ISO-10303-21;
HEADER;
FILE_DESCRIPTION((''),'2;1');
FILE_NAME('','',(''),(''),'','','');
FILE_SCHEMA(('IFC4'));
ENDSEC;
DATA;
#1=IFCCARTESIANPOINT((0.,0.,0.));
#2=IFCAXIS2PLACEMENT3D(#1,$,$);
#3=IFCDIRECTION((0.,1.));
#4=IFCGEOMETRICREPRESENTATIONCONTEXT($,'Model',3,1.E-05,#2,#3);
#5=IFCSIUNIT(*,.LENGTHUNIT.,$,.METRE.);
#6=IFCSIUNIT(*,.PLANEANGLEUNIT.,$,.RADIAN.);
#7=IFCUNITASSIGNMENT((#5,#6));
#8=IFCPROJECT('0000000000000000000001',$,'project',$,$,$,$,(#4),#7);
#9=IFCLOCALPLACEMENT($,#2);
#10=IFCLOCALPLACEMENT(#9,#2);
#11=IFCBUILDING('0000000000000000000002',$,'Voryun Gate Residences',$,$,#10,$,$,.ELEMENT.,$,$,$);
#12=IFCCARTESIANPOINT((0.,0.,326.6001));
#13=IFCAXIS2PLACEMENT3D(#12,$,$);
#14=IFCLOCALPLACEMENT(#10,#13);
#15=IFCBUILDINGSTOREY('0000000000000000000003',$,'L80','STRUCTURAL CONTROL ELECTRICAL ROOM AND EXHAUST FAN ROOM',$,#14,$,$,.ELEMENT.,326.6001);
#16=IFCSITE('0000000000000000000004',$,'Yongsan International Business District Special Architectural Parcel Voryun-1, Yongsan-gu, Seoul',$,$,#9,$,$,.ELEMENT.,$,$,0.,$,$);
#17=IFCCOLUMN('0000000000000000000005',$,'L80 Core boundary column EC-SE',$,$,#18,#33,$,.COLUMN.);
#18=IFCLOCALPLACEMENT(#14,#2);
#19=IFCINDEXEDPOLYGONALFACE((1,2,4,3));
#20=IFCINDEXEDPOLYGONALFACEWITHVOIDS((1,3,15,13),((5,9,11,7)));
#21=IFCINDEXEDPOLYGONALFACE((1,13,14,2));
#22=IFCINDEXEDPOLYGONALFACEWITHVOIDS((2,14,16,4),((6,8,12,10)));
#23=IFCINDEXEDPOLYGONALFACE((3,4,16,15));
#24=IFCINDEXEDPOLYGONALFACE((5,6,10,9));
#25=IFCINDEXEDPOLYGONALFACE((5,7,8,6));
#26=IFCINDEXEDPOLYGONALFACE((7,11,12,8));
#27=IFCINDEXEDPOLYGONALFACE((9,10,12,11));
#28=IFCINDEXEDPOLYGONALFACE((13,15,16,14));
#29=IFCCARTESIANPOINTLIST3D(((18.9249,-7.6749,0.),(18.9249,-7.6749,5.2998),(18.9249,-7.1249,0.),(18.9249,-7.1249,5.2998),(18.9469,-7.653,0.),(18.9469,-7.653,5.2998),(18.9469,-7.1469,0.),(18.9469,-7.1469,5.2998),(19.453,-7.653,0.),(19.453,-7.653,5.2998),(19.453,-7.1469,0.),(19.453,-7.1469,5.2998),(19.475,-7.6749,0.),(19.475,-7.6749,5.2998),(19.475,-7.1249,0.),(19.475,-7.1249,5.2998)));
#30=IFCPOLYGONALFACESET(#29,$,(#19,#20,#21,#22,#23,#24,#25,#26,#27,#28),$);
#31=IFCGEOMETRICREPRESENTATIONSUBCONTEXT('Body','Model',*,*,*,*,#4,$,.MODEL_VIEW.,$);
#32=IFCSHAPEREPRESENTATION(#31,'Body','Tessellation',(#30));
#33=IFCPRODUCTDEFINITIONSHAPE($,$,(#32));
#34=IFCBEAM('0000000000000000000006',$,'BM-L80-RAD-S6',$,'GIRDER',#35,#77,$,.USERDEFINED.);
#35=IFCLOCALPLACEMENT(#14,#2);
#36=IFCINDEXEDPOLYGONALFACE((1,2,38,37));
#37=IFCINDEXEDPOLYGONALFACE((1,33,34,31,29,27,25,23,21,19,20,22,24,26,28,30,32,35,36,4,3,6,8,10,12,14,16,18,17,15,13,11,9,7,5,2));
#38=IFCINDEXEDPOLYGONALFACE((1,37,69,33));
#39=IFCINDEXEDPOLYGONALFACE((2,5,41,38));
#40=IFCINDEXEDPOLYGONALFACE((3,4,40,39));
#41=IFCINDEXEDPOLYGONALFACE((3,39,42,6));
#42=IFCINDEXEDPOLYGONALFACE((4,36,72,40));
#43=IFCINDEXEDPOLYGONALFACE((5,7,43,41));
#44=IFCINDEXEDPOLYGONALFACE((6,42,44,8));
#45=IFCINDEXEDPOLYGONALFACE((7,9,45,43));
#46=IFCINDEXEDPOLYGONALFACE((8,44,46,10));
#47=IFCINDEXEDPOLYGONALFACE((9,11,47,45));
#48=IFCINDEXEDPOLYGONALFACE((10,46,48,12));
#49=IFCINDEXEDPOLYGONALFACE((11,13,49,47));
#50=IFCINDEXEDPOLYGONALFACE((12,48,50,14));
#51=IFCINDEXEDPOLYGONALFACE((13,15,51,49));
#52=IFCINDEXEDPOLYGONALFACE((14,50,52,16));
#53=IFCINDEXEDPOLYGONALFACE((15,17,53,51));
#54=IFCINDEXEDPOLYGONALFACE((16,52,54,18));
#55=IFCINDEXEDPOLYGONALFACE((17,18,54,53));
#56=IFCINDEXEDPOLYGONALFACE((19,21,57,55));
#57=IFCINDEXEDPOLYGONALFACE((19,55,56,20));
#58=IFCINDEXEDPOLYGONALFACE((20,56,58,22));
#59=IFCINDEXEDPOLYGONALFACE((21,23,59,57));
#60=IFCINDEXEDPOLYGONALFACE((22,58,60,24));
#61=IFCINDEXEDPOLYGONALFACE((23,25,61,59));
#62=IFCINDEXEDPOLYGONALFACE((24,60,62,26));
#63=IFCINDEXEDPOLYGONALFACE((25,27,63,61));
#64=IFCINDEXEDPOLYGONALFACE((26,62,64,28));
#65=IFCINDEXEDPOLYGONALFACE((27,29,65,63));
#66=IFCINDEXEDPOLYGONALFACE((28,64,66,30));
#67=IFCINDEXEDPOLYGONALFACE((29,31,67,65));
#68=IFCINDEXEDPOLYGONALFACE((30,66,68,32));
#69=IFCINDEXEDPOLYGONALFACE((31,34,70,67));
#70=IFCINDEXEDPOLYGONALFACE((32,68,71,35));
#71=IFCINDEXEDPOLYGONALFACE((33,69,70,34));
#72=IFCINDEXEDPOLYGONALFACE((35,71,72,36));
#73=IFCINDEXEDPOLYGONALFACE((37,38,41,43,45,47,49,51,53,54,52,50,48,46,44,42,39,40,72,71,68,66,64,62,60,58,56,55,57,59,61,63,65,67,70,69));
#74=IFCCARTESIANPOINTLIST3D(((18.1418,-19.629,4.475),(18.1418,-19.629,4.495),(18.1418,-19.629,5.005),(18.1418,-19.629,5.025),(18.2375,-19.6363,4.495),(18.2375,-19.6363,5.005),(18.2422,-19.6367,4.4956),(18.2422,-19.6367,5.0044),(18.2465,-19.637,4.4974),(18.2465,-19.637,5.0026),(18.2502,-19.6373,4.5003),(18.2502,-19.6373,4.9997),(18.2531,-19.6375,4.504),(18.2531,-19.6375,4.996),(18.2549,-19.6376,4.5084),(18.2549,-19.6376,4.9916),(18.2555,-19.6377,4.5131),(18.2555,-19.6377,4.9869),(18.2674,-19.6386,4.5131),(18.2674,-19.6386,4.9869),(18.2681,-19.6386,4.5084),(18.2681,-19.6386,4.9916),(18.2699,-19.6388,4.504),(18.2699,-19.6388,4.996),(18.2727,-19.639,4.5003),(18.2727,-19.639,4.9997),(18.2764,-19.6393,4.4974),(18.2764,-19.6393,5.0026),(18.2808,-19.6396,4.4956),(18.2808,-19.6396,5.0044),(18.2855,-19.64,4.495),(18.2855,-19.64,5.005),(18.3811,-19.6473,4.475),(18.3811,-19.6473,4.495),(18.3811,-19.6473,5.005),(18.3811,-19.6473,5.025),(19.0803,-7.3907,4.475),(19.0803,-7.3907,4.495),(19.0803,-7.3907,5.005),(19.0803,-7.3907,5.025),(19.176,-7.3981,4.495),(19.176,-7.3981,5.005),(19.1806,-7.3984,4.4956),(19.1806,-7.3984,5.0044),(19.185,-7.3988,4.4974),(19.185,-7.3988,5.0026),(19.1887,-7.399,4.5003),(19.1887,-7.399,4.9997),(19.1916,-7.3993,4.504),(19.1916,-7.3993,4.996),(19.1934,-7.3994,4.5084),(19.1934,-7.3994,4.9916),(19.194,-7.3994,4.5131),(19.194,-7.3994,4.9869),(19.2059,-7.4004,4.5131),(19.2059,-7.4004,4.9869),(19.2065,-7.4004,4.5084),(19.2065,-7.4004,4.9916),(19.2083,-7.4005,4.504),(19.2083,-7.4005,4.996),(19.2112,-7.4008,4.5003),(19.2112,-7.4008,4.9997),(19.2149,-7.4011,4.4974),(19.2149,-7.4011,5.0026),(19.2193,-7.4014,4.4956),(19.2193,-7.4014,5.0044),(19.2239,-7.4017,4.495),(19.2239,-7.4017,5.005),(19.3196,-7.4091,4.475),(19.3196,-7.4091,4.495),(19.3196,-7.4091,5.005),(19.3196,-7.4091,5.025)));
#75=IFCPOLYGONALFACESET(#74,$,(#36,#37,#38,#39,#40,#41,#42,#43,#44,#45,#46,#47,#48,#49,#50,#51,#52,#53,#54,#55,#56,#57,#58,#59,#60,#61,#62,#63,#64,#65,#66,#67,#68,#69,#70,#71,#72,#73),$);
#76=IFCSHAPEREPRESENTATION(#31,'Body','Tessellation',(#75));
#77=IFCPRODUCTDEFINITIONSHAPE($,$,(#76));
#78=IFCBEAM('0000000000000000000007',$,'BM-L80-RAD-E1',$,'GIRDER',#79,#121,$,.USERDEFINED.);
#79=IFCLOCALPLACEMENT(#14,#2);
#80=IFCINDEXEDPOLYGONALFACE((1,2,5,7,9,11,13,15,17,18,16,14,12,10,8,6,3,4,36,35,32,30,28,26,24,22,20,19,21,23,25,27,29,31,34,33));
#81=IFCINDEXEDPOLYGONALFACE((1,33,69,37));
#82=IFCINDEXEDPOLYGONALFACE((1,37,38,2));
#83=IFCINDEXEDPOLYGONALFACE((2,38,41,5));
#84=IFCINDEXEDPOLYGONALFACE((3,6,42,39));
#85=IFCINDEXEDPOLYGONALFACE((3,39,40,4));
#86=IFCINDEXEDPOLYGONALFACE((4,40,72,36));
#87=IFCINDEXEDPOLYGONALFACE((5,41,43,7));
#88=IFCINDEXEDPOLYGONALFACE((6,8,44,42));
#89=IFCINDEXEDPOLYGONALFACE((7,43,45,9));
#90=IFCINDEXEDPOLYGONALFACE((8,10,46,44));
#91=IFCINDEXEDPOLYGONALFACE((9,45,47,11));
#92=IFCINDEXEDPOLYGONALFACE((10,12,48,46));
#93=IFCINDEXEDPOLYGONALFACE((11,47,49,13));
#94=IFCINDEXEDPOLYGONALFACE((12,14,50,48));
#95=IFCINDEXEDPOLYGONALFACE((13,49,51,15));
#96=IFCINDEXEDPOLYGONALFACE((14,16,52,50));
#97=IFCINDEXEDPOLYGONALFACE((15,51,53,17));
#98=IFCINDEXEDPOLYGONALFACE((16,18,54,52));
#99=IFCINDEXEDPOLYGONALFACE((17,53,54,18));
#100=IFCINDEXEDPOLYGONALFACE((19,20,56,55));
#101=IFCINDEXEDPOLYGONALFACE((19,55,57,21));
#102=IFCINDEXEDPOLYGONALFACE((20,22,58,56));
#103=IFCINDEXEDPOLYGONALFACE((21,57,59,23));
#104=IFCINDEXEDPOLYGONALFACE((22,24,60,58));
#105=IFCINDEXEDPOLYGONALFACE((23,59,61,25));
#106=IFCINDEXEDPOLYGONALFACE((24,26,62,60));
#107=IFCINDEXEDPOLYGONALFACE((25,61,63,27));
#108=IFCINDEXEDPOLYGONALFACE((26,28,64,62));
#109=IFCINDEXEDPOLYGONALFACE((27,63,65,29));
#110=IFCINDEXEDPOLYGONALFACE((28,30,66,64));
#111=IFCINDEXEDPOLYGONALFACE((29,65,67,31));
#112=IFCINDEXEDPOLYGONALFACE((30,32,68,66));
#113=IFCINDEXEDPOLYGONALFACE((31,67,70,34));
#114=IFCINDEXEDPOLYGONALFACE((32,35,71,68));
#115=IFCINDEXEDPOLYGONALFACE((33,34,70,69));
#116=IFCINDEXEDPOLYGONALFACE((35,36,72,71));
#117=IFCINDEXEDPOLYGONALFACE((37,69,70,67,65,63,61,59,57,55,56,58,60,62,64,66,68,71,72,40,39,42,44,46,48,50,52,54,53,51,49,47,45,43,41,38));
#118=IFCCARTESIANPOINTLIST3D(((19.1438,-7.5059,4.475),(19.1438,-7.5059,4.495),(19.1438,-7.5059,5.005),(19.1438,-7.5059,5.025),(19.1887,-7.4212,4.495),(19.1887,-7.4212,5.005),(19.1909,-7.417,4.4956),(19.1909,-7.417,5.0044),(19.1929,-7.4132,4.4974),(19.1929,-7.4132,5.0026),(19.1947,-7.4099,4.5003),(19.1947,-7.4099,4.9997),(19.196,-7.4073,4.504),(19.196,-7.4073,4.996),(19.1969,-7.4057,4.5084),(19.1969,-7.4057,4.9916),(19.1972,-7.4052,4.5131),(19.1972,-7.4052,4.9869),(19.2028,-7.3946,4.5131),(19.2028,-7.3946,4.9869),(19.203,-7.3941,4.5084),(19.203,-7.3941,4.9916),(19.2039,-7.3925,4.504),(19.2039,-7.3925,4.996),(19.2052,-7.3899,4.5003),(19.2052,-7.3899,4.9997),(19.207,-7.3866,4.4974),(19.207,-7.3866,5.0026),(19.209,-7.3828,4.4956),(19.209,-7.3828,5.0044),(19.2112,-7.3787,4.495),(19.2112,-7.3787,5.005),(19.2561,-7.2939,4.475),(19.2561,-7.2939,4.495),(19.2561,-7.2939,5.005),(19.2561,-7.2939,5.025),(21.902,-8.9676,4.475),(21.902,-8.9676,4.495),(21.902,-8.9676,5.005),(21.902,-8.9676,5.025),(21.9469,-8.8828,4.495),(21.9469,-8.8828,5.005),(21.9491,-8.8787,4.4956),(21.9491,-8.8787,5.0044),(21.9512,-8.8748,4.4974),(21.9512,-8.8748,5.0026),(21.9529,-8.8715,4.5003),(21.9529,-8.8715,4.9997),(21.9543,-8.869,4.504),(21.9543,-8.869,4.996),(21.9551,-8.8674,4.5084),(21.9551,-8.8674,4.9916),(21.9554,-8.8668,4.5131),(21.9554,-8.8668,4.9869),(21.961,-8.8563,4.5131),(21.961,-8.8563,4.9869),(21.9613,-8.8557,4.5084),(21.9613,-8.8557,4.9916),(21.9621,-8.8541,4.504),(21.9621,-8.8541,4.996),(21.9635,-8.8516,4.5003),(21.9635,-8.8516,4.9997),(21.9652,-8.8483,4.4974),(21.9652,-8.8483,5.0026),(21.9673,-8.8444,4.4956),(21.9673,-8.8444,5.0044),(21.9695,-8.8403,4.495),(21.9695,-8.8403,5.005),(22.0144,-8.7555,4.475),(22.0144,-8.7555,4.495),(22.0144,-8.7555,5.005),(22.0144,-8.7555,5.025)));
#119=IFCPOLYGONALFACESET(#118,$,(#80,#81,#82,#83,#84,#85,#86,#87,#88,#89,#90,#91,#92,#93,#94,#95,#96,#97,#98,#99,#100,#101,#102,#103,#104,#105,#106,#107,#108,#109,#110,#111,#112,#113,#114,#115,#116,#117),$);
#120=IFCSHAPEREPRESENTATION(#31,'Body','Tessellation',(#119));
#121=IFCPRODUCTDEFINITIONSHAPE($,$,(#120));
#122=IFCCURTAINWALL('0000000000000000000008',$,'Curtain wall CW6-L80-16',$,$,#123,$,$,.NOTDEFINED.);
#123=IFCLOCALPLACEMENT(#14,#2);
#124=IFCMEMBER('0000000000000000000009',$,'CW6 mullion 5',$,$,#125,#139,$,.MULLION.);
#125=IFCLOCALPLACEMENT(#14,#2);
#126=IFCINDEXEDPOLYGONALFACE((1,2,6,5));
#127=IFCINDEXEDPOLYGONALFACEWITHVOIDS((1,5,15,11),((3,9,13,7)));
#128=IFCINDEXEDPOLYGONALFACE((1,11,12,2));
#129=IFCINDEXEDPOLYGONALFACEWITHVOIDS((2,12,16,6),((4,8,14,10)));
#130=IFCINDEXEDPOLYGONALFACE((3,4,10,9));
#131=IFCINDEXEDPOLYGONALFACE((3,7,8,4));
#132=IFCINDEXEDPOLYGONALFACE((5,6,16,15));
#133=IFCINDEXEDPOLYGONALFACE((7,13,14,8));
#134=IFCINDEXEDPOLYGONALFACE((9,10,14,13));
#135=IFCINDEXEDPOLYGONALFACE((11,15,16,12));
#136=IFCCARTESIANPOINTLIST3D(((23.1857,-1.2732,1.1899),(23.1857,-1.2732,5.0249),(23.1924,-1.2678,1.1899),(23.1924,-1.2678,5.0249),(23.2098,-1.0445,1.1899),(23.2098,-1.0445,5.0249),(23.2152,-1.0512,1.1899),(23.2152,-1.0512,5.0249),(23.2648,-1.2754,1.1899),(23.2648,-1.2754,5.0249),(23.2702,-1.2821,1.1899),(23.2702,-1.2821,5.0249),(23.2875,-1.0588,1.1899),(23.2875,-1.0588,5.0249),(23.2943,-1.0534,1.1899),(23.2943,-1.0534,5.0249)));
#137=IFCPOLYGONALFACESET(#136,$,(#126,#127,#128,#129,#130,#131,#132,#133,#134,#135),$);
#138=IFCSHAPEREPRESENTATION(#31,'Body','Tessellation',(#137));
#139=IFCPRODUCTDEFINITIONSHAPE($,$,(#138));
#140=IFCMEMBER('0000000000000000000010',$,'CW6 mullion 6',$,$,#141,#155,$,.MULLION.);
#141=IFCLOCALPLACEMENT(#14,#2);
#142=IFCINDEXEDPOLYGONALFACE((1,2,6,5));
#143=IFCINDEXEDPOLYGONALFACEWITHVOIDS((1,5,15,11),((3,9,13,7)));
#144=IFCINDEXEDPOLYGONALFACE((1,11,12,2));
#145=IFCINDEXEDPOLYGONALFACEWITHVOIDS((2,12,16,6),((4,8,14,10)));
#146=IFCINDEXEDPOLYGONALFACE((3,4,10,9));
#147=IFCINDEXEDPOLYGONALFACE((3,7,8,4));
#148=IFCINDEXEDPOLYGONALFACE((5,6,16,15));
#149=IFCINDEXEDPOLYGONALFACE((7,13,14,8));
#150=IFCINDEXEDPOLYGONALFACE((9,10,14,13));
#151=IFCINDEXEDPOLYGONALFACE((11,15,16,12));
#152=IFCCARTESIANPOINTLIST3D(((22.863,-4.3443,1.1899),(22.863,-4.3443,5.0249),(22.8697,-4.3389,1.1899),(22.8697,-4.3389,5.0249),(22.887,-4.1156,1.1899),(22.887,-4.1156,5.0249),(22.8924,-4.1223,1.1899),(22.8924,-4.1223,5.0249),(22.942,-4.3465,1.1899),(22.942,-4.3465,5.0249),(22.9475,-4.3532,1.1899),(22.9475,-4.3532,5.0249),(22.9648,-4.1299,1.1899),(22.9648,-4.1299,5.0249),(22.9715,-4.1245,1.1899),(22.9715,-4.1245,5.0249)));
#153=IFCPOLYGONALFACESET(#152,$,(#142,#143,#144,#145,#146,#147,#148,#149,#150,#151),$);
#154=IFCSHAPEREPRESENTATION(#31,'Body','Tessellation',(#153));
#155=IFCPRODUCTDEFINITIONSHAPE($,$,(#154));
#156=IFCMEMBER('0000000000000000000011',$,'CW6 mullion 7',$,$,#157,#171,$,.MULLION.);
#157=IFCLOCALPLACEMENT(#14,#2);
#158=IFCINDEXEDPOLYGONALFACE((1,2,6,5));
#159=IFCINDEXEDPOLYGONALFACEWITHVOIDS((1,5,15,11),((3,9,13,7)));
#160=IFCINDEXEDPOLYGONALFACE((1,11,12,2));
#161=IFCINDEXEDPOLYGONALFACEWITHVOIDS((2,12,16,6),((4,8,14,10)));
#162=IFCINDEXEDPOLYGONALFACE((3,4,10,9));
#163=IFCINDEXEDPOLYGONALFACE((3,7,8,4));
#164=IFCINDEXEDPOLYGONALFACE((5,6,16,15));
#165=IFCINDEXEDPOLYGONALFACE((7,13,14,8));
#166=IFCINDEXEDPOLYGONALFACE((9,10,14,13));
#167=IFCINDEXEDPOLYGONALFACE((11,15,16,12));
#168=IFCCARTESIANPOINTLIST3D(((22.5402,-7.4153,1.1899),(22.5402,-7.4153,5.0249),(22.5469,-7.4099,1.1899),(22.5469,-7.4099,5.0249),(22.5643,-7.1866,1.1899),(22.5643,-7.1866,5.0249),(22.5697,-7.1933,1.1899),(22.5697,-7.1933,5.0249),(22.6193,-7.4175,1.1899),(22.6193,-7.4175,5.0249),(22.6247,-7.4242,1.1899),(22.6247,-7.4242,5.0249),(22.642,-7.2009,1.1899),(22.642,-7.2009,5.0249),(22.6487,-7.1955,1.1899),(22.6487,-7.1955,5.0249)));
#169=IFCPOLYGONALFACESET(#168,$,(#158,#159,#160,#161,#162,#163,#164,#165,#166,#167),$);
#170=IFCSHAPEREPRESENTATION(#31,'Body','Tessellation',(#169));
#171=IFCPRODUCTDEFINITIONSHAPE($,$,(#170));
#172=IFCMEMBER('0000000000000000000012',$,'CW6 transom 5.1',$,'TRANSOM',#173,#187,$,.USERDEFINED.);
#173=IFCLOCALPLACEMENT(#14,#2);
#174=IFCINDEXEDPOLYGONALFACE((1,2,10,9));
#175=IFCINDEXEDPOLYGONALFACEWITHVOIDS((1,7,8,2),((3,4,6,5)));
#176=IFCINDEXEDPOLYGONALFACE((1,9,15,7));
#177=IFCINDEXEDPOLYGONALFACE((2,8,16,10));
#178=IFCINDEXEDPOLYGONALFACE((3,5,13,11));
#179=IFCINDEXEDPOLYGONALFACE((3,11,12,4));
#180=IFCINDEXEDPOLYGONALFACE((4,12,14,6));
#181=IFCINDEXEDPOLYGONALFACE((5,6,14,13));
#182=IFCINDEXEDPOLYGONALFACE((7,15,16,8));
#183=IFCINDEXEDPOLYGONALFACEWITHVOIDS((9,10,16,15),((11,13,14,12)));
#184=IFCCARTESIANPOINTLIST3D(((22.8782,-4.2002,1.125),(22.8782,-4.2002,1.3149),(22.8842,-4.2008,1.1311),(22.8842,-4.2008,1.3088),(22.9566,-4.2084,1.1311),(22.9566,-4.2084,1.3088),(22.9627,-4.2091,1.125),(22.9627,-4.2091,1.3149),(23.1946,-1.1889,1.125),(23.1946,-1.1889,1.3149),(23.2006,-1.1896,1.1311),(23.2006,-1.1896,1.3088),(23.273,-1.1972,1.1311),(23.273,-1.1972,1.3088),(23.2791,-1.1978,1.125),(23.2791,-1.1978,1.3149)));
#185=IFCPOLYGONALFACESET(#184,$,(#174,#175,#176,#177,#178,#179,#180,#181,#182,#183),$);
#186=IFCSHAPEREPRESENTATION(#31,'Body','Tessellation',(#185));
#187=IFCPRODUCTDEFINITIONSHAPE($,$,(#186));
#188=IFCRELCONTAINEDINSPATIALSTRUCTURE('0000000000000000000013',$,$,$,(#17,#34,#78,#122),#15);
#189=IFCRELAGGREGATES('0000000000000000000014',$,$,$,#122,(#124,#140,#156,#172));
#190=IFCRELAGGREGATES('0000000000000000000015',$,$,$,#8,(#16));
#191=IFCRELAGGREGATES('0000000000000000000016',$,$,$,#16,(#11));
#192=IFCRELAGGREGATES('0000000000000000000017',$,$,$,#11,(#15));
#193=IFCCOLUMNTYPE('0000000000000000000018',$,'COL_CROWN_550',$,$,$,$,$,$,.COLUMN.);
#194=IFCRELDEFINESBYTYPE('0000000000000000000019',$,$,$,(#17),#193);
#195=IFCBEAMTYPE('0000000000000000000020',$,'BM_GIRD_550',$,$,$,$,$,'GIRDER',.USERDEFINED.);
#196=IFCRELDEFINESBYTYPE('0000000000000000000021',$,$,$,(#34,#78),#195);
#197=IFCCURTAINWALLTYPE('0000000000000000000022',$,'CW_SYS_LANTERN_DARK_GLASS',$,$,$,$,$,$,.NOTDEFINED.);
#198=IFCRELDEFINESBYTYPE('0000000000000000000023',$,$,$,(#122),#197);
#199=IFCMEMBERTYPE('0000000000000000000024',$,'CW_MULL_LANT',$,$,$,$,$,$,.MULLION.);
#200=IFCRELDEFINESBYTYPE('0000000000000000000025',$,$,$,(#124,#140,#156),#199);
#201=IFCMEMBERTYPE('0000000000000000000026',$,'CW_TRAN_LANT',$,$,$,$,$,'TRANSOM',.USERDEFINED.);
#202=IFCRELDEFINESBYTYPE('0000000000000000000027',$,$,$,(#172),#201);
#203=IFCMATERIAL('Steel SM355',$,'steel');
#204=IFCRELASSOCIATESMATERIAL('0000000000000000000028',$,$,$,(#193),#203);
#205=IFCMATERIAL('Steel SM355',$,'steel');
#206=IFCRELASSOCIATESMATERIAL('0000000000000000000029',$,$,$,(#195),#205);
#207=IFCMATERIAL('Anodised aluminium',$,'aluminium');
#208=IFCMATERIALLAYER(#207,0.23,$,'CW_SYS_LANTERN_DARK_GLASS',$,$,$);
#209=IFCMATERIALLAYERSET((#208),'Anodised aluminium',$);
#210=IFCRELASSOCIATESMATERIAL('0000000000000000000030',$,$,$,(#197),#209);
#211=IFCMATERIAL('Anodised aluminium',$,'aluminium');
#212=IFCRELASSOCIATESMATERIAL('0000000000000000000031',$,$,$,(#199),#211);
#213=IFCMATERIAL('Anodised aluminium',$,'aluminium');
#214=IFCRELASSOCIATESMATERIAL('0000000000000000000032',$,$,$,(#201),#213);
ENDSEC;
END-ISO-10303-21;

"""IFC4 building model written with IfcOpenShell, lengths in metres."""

from ifc_helpers import new_model, si_unit, direction, frame, origin, origin_2d, place, context, subcontext, project, spatial, hollow_rectangle, i_section, extrude, material, layer, layer_set, material_profile, profile_set, type_object, element, aggregate, save


model = new_model("IFC4")

# Units and contexts
model_context = context("Model", 3, precision=1e-05, world=origin(), true_north=direction((0.0, 1.0)))
body_context = subcontext(model_context, "Body", "Model", "MODEL_VIEW")
ifc_project = project(units=[si_unit("LENGTHUNIT", "METRE"), si_unit("PLANEANGLEUNIT", "RADIAN")], contexts=[model_context])

# Site, building, storey
site_placement = place(None, origin())
site = spatial("IfcSite", under=ifc_project, at=site_placement, Name="Yongsan International Business District Special Architectural Parcel Voryun-1, Yongsan-gu, Seoul", CompositionType="ELEMENT", RefElevation=0.0)
building_placement = place(site_placement, origin())
building = spatial("IfcBuilding", under=site, at=building_placement, Name="Voryun Gate Residences", CompositionType="ELEMENT")
storey_placement = place(building_placement, frame((0.0, 0.0, 326.6001)))
storey = spatial("IfcBuildingStorey", under=building, at=storey_placement, Name="L80", Description="STRUCTURAL CONTROL ELECTRICAL ROOM AND EXHAUST FAN ROOM", CompositionType="ELEMENT", Elevation=326.6001)

# Column
ifc_material_1 = material(Name="Steel SM355", Category="steel")
ifc_material_profile_1 = material_profile(ifc_material_1, hollow_rectangle(XDim=0.55, YDim=0.55, WallThickness=0.022, at=origin_2d()), Name="BOX-550x550x22")
ifc_profile_set_1 = profile_set([ifc_material_profile_1], Name="Steel SM355")
column_type = type_object("IfcColumnType", Name="COL_CROWN_550", PredefinedType="COLUMN", material=ifc_profile_set_1)
column_placement = place(storey_placement, frame((19.2, -7.3999, 0.0), z_axis=(0.0, 0.0, 1.0), x_axis=(1.0, 0.0, 0.0)))
element("IfcColumn", 1, at=column_placement, inside=storey, type_object=column_type, Name="L80 Core boundary column EC-SE", PredefinedType="COLUMN", context=body_context, shape_type="SweptSolid", body=[
    extrude(hollow_rectangle(XDim=0.55, YDim=0.55, WallThickness=0.022, at=origin_2d()), origin(), (0.0, 0.0, 1.0), 5.2998),
])

# Beams
ifc_material_2 = material(Name="Steel SM355", Category="steel")
ifc_material_profile_2 = material_profile(ifc_material_2, i_section(OverallWidth=0.24, OverallDepth=0.55, WebThickness=0.012, FlangeThickness=0.02, FilletRadius=0.0181, at=origin_2d()), Name="H-550x240x12x20")
ifc_profile_set_2 = profile_set([ifc_material_profile_2], Name="Steel SM355")
beam_type = type_object("IfcBeamType", Name="BM_GIRD_550", ElementType="GIRDER", PredefinedType="USERDEFINED", material=ifc_profile_set_2)
beam_1_placement = place(storey_placement, frame((19.2, -7.3999, 4.75), z_axis=(-0.076459, -0.997073, 0.0), x_axis=(0.997073, -0.076459, 0.0)))
element("IfcBeam", 2, at=beam_1_placement, inside=storey, type_object=beam_type, Name="BM-L80-RAD-S6", ObjectType="GIRDER", PredefinedType="USERDEFINED", context=body_context, shape_type="SweptSolid", body=[
    extrude(i_section(OverallWidth=0.24, OverallDepth=0.55, WebThickness=0.012, FlangeThickness=0.02, FilletRadius=0.0181, at=origin_2d()), origin(), (0.0, 0.0, 1.0), 12.2742),
])
beam_2_placement = place(storey_placement, frame((19.2, -7.3999, 4.75), z_axis=(0.883603, -0.468236, 0.0), x_axis=(0.468236, 0.883603, 0.0)))
element("IfcBeam", 3, at=beam_2_placement, inside=storey, type_object=beam_type, Name="BM-L80-RAD-E1", ObjectType="GIRDER", PredefinedType="USERDEFINED", context=body_context, shape_type="SweptSolid", body=[
    extrude(i_section(OverallWidth=0.24, OverallDepth=0.55, WebThickness=0.012, FlangeThickness=0.02, FilletRadius=0.0181, at=origin_2d()), origin(), (0.0, 0.0, 1.0), 3.1216),
])

# Curtain wall, members
ifc_material_3 = material(Name="Anodised aluminium", Category="aluminium")
ifc_layer_1 = layer(ifc_material_3, 0.23, Name="CW_SYS_LANTERN_DARK_GLASS")
ifc_layer_set_1 = layer_set([ifc_layer_1], Name="Anodised aluminium")
curtain_wall_type = type_object("IfcCurtainWallType", Name="CW_SYS_LANTERN_DARK_GLASS", PredefinedType="NOTDEFINED", material=ifc_layer_set_1)
curtain_wall_placement = place(storey_placement, origin())
curtain_wall = element("IfcCurtainWall", 4, at=curtain_wall_placement, inside=storey, type_object=curtain_wall_type, Name="Curtain wall CW6-L80-16", PredefinedType="NOTDEFINED")
ifc_material_4 = material(Name="Anodised aluminium", Category="aluminium")
ifc_material_profile_3 = material_profile(ifc_material_4, hollow_rectangle(XDim=0.085, YDim=0.23, WallThickness=0.0061, at=origin_2d()), Name="ALU-MULL-230x85x6")
ifc_profile_set_3 = profile_set([ifc_material_profile_3], Name="Anodised aluminium")
member_type_1 = type_object("IfcMemberType", Name="CW_MULL_LANT", PredefinedType="MULLION", material=ifc_profile_set_3)
member_1_placement = place(storey_placement, frame((23.24, -1.1633, 1.1899), z_axis=(0.0, 0.0, 1.0), x_axis=(0.994522, -0.104528, 0.0)))
member_1 = element("IfcMember", 5, at=member_1_placement, type_object=member_type_1, Name="CW6 mullion 5", PredefinedType="MULLION", context=body_context, shape_type="SweptSolid", body=[
    extrude(hollow_rectangle(XDim=0.085, YDim=0.23, WallThickness=0.0061, at=origin_2d()), origin(), (0.0, 0.0, 1.0), 3.835),
])
member_2_placement = place(storey_placement, frame((22.9172, -4.2344, 1.1899), z_axis=(0.0, 0.0, 1.0), x_axis=(0.994522, -0.104528, 0.0)))
member_2 = element("IfcMember", 6, at=member_2_placement, type_object=member_type_1, Name="CW6 mullion 6", PredefinedType="MULLION", context=body_context, shape_type="SweptSolid", body=[
    extrude(hollow_rectangle(XDim=0.085, YDim=0.23, WallThickness=0.0061, at=origin_2d()), origin(), (0.0, 0.0, 1.0), 3.835),
])
member_3_placement = place(storey_placement, frame((22.5945, -7.3054, 1.1899), z_axis=(0.0, 0.0, 1.0), x_axis=(0.994522, -0.104528, 0.0)))
member_3 = element("IfcMember", 7, at=member_3_placement, type_object=member_type_1, Name="CW6 mullion 7", PredefinedType="MULLION", context=body_context, shape_type="SweptSolid", body=[
    extrude(hollow_rectangle(XDim=0.085, YDim=0.23, WallThickness=0.0061, at=origin_2d()), origin(), (0.0, 0.0, 1.0), 3.835),
])
ifc_material_5 = material(Name="Anodised aluminium", Category="aluminium")
ifc_material_profile_4 = material_profile(ifc_material_5, hollow_rectangle(XDim=0.085, YDim=0.1899, WallThickness=0.0061, at=origin_2d()), Name="ALU-TRAN-190x85x6")
ifc_profile_set_4 = profile_set([ifc_material_profile_4], Name="Anodised aluminium")
member_type_2 = type_object("IfcMemberType", Name="CW_TRAN_LANT", ElementType="TRANSOM", PredefinedType="USERDEFINED", material=ifc_profile_set_4)
member_4_placement = place(storey_placement, frame((23.2368, -1.1934, 1.22), z_axis=(-0.1045, -0.994525, 0.0), x_axis=(0.994525, -0.1045, 0.0)))
member_4 = element("IfcMember", 8, at=member_4_placement, type_object=member_type_2, Name="CW6 transom 5.1", ObjectType="TRANSOM", PredefinedType="USERDEFINED", context=body_context, shape_type="SweptSolid", body=[
    extrude(hollow_rectangle(XDim=0.085, YDim=0.1899, WallThickness=0.0061, at=origin_2d()), origin(), (0.0, 0.0, 1.0), 3.0278),
])

aggregate(curtain_wall, [member_1, member_2, member_3, member_4])

save(model, "model.ifc")
